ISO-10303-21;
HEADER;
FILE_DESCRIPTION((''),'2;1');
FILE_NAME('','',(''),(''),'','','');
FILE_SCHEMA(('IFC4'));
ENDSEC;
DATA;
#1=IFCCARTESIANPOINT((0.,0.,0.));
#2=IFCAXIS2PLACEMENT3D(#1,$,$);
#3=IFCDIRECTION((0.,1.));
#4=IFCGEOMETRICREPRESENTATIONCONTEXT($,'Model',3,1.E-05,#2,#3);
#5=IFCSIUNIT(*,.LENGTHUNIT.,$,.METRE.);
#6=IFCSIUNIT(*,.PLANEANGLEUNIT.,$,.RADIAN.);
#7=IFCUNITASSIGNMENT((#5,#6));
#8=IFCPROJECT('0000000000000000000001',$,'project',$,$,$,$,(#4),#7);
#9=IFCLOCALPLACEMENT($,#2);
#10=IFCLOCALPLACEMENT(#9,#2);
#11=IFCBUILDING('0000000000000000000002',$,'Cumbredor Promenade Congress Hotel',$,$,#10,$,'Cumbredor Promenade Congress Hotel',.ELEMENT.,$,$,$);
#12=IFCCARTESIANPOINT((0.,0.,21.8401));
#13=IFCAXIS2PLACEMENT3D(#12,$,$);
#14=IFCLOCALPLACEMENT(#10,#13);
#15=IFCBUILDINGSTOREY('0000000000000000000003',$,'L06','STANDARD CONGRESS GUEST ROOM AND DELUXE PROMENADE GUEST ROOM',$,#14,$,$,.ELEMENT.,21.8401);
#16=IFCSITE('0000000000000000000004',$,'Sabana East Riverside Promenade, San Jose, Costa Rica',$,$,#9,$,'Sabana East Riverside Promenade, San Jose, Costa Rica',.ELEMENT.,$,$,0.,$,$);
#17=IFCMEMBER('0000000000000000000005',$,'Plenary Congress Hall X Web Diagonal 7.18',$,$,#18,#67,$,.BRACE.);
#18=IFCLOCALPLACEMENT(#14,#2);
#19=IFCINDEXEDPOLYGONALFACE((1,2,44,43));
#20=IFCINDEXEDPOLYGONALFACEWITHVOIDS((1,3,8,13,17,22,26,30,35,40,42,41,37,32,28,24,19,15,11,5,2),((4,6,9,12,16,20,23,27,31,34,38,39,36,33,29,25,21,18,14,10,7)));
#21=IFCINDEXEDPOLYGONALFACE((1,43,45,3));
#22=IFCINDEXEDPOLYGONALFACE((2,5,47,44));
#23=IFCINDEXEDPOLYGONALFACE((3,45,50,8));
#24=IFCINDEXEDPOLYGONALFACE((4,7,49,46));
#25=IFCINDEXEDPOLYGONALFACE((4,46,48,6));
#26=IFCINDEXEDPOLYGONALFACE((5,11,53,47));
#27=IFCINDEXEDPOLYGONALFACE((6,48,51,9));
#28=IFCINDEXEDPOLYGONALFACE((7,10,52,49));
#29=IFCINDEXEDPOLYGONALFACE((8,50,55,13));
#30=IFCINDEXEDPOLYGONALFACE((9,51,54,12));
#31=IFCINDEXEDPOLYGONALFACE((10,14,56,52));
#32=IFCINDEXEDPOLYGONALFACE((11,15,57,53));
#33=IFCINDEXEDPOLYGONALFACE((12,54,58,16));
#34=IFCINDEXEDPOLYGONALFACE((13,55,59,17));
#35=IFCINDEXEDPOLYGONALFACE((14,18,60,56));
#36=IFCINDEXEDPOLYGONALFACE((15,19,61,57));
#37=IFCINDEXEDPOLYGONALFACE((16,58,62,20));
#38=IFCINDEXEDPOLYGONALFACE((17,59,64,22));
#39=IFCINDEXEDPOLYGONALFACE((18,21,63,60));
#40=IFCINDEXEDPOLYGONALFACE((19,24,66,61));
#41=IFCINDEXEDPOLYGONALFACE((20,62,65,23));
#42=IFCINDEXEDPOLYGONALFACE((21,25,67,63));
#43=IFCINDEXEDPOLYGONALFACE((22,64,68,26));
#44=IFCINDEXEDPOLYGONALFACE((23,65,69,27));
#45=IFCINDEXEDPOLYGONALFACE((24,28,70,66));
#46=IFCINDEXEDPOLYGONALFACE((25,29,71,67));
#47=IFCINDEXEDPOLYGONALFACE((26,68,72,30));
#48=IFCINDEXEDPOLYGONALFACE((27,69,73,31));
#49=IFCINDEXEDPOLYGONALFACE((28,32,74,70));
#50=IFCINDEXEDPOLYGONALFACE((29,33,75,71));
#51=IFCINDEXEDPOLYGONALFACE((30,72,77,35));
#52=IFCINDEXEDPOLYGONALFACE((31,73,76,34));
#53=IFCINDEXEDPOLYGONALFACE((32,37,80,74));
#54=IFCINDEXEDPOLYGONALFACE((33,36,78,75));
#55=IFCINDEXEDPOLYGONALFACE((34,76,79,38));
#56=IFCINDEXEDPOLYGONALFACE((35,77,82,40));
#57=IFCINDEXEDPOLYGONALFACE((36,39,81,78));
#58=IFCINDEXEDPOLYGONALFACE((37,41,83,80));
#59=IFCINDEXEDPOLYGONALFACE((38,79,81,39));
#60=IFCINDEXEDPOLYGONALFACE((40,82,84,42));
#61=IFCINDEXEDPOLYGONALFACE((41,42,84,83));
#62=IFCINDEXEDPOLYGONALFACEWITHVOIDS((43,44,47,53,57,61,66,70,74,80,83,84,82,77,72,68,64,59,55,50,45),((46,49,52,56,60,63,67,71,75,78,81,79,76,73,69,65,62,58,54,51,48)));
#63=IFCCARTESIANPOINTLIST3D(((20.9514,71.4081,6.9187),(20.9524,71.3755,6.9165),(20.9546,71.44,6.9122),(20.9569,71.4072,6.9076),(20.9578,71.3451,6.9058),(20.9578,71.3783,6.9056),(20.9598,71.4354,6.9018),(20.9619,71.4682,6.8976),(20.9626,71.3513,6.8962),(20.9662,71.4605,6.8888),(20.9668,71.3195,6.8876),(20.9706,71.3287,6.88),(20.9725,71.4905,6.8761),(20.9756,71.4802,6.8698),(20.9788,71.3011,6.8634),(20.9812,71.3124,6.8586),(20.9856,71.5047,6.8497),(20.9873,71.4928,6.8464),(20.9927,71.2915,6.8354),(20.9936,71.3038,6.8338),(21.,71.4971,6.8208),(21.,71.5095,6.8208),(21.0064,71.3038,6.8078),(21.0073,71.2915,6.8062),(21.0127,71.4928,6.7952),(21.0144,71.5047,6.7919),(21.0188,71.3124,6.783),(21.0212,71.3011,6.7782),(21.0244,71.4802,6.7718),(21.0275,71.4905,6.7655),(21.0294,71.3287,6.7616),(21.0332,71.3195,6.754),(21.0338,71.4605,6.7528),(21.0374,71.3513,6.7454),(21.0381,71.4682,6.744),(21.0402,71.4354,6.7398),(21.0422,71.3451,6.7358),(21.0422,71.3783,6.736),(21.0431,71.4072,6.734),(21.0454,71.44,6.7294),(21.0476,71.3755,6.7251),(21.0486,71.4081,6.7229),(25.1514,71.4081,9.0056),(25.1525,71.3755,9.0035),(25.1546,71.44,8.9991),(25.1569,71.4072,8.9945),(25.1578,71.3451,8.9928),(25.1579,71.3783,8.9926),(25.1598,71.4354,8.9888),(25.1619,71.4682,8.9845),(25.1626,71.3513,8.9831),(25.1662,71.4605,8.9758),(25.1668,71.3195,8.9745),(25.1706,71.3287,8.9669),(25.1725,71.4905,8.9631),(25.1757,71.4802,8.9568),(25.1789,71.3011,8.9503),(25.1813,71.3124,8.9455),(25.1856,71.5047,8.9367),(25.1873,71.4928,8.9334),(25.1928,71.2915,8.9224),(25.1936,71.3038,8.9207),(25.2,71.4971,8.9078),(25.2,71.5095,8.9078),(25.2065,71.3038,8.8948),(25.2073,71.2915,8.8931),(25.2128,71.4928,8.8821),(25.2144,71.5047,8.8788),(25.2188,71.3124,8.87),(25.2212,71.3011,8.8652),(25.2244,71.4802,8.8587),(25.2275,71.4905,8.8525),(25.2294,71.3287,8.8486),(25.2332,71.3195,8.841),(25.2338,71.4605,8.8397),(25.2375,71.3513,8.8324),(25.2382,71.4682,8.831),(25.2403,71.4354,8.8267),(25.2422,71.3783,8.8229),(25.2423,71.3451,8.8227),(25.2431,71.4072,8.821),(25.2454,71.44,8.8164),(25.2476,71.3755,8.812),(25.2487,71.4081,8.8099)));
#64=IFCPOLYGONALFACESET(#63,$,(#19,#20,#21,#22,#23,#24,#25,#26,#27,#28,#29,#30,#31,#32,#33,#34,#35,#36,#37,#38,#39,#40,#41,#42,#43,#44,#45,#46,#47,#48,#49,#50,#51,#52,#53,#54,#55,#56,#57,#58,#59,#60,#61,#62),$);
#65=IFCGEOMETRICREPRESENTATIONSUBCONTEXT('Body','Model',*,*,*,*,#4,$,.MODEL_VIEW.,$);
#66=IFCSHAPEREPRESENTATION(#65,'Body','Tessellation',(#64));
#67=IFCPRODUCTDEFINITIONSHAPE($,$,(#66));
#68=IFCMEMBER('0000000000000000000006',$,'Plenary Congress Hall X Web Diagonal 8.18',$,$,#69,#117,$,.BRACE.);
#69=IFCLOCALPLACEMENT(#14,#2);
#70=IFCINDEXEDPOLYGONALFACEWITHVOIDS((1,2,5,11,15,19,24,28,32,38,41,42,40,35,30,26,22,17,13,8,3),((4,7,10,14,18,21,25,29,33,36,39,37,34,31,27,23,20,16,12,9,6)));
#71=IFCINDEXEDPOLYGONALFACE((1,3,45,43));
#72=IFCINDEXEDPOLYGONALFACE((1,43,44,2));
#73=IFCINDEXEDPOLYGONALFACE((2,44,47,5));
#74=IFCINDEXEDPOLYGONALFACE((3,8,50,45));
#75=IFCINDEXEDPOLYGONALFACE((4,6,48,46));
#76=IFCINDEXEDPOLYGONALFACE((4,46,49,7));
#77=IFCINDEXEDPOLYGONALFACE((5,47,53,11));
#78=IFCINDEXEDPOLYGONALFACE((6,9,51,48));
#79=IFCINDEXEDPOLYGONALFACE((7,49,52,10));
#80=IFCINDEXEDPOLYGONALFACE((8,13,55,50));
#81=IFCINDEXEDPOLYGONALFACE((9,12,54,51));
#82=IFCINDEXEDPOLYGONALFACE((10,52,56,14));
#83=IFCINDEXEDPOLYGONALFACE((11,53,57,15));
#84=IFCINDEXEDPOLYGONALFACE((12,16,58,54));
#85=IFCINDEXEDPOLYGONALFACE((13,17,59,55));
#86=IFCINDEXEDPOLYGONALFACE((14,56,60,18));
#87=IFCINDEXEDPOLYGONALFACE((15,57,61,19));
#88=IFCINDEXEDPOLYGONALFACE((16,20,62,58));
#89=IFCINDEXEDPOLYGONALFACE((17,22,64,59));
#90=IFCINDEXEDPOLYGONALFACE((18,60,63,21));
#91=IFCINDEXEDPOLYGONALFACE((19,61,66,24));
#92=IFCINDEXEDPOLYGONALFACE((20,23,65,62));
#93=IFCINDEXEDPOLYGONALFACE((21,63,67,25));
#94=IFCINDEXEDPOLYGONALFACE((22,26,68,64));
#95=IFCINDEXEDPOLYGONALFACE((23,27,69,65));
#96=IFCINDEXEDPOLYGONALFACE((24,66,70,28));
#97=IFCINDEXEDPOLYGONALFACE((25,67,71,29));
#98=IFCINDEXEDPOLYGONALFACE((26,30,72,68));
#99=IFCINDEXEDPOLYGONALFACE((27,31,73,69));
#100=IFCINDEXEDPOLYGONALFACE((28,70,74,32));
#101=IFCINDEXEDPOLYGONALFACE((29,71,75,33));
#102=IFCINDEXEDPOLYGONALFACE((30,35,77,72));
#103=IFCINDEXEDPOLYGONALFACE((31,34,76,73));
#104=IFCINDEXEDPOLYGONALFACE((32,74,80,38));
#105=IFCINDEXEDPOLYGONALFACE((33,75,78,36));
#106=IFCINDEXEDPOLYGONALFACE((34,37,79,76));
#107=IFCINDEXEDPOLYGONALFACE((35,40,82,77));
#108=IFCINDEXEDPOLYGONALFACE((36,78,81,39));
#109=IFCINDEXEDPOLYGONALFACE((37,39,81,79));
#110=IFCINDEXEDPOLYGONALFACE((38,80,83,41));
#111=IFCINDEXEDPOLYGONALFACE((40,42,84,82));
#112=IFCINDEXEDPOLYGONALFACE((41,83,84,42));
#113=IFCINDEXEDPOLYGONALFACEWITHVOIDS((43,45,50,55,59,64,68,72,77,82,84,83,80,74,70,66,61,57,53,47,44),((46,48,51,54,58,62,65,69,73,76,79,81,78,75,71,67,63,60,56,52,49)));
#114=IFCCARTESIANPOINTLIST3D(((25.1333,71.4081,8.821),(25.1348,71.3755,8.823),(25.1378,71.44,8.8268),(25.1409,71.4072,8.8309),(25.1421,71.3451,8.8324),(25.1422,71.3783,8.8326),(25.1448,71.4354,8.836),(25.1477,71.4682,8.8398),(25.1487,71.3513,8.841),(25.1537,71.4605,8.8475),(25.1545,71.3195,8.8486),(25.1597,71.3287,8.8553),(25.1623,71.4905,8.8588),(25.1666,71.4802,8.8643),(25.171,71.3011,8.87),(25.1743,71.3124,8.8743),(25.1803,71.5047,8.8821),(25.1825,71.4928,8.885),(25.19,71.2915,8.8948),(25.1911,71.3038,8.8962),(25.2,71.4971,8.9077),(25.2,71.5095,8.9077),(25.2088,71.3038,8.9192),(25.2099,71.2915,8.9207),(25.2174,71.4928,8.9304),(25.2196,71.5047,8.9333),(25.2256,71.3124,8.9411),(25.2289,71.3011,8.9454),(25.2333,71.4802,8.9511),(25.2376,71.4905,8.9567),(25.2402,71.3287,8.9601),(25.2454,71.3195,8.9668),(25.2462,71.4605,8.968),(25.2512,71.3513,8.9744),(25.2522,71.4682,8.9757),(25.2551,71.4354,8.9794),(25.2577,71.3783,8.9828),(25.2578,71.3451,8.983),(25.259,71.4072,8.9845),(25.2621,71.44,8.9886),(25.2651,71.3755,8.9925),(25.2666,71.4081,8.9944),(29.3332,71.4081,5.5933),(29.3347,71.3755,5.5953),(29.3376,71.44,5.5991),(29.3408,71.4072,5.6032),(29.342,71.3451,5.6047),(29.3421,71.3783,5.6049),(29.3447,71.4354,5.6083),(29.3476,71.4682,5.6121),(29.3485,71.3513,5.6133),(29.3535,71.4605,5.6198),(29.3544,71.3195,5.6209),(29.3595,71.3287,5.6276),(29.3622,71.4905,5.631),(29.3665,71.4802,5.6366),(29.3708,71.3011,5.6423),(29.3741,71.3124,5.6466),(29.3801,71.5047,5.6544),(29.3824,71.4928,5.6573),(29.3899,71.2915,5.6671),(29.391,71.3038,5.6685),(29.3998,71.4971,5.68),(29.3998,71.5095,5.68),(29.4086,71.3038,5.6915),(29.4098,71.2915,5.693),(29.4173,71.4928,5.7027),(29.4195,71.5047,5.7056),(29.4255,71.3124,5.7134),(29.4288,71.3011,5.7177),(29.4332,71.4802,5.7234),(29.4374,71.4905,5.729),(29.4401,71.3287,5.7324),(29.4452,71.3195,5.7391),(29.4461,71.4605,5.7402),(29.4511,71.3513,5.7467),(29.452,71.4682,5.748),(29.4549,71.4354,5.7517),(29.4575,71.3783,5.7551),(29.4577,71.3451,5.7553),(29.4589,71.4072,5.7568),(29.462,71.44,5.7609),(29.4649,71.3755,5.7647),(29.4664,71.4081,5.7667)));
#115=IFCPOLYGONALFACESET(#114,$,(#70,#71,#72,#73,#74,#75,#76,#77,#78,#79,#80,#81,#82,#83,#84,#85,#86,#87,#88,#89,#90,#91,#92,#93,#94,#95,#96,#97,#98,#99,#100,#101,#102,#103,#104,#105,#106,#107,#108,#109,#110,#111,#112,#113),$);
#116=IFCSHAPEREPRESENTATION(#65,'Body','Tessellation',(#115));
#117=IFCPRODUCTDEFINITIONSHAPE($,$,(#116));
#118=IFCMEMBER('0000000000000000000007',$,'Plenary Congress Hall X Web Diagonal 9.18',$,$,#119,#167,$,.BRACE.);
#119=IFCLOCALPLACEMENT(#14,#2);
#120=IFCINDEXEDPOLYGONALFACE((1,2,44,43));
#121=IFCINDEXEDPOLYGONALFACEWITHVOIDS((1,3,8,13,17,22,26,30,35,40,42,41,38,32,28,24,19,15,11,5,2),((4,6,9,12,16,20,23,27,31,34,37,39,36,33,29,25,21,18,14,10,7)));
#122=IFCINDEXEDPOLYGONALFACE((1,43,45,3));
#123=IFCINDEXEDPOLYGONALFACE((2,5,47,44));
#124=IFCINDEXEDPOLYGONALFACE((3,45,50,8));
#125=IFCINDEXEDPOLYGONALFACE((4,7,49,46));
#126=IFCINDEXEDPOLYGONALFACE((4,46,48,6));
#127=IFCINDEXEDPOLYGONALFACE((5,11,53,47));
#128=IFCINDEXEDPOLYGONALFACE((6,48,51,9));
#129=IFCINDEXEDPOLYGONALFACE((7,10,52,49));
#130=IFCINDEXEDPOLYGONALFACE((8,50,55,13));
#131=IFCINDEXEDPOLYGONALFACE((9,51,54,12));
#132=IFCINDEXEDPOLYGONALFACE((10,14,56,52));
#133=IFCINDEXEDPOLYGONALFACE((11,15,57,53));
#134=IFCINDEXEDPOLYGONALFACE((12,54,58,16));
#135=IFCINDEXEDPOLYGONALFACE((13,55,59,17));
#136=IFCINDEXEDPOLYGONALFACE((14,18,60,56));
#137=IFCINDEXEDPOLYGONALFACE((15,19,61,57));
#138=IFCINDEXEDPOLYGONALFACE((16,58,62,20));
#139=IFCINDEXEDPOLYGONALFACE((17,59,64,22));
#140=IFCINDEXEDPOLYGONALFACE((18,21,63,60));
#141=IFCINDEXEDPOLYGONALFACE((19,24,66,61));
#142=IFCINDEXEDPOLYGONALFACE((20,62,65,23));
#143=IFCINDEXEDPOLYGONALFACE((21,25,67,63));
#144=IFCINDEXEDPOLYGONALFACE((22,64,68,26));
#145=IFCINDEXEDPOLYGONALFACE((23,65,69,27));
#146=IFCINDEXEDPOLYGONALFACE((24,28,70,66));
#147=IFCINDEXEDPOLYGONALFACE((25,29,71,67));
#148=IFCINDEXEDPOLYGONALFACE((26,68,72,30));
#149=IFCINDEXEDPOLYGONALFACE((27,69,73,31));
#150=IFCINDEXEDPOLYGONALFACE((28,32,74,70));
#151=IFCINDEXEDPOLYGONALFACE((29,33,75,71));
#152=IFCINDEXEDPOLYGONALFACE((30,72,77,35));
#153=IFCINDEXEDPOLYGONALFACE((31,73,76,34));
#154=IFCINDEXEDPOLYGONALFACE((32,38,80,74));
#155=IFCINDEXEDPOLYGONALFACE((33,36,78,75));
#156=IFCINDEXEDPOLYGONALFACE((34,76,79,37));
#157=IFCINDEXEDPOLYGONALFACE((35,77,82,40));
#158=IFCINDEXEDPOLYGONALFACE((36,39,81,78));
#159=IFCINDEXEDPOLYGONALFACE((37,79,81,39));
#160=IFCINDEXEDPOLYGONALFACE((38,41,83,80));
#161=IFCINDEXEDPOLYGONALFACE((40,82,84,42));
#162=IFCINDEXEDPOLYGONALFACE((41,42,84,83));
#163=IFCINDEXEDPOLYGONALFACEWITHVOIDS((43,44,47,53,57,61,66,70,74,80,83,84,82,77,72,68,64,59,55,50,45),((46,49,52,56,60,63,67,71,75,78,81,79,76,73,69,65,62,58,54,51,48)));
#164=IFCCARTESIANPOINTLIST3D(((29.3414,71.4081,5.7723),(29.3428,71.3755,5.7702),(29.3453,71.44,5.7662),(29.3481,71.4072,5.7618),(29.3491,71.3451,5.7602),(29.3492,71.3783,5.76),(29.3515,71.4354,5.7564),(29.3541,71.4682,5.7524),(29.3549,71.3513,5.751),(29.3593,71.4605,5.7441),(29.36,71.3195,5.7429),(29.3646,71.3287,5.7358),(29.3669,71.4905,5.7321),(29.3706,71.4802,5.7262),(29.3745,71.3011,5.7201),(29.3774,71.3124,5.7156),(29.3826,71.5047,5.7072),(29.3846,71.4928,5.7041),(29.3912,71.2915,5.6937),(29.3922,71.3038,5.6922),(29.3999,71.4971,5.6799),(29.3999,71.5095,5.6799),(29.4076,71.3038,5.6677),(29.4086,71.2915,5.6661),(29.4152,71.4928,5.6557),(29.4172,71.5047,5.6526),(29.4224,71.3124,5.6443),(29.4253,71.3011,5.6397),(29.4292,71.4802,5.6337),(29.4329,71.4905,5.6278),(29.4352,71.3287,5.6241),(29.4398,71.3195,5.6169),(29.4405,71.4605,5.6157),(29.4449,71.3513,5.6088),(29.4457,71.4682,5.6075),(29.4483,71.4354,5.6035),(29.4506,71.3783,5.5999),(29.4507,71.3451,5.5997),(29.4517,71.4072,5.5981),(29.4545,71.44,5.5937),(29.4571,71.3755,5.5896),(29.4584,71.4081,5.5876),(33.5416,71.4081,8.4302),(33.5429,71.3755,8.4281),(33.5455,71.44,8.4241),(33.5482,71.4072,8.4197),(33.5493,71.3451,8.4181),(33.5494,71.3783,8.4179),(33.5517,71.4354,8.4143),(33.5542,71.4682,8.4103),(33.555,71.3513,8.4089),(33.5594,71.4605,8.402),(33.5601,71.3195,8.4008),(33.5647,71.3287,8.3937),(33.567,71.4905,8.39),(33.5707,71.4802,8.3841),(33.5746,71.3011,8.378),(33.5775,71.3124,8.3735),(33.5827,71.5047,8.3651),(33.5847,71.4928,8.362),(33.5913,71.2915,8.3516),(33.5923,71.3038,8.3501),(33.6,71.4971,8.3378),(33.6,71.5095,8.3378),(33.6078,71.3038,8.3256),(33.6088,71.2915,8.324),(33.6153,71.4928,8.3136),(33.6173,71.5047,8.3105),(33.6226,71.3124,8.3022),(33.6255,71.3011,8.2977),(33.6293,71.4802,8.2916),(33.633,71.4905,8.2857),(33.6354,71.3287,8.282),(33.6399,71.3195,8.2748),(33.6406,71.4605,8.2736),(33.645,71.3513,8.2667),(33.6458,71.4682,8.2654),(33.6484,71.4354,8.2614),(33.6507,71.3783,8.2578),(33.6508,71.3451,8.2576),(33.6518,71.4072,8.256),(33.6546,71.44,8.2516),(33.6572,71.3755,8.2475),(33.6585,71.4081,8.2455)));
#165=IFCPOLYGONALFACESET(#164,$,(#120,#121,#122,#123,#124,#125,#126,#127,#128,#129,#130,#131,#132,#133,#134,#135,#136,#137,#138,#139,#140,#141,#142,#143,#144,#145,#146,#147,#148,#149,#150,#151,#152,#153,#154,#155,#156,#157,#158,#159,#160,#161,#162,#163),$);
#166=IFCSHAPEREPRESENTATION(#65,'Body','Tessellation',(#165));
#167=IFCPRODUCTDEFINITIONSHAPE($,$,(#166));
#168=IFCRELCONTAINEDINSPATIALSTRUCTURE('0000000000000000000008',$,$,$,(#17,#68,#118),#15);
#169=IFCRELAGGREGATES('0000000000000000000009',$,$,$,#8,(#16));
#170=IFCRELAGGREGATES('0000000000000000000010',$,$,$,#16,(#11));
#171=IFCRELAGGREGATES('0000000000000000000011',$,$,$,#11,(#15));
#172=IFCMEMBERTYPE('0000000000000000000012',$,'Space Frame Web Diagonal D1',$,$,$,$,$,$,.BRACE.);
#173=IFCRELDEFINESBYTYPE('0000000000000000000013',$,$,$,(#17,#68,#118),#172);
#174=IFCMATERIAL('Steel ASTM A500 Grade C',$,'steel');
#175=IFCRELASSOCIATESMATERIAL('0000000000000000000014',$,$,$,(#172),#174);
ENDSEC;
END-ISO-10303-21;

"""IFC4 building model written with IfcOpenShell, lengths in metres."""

from ifc_helpers import new_model, si_unit, direction, frame, origin, origin_2d, place, context, subcontext, project, spatial, hollow_circle, extrude, material, material_profile, profile_set, type_object, element, save


model = new_model("IFC4")

# Units and contexts
model_context = context("Model", 3, precision=1e-05, world=origin(), true_north=direction((0.0, 1.0)))
body_context = subcontext(model_context, "Body", "Model", "MODEL_VIEW")
ifc_project = project(units=[si_unit("LENGTHUNIT", "METRE"), si_unit("PLANEANGLEUNIT", "RADIAN")], contexts=[model_context])

# Site, building, storey
site_placement = place(None, origin())
site = spatial("IfcSite", under=ifc_project, at=site_placement, Name="Sabana East Riverside Promenade, San Jose, Costa Rica", LongName="Sabana East Riverside Promenade, San Jose, Costa Rica", CompositionType="ELEMENT", RefElevation=0.0)
building_placement = place(site_placement, origin())
building = spatial("IfcBuilding", under=site, at=building_placement, Name="Cumbredor Promenade Congress Hotel", LongName="Cumbredor Promenade Congress Hotel", CompositionType="ELEMENT")
storey_placement = place(building_placement, frame((0.0, 0.0, 21.8401)))
storey = spatial("IfcBuildingStorey", under=building, at=storey_placement, Name="L06", Description="STANDARD CONGRESS GUEST ROOM AND DELUXE PROMENADE GUEST ROOM", CompositionType="ELEMENT", Elevation=21.8401)

# Members
ifc_material_1 = material(Name="Steel ASTM A500 Grade C", Category="steel")
ifc_material_profile_1 = material_profile(ifc_material_1, hollow_circle(Radius=0.1096, WallThickness=0.0125, at=origin_2d()), Name="CHS 219.1x12.5")
ifc_profile_set_1 = profile_set([ifc_material_profile_1], Name="Steel ASTM A500 Grade C")
member_type_1 = type_object("IfcMemberType", Name="Space Frame Web Diagonal D1", PredefinedType="BRACE", material=ifc_profile_set_1)
member_1_placement = place(storey_placement, frame((21.0, 71.3999, 6.8208), z_axis=(0.895538, 0.0, 0.444984), x_axis=(0.0, 1.0, 0.0)))
element("IfcMember", 1, at=member_1_placement, inside=storey, type_object=member_type_1, Name="Plenary Congress Hall X Web Diagonal 7.18", PredefinedType="BRACE", context=body_context, shape_type="SweptSolid", body=[
    extrude(hollow_circle(Radius=0.1096, WallThickness=0.0125, at=origin_2d()), origin(), (0.0, 0.0, 1.0), 4.6899),
])
member_2_placement = place(storey_placement, frame((25.2, 71.3999, 8.9077), z_axis=(0.792893, 0.0, -0.609361), x_axis=(0.0, 1.0, 0.0)))
element("IfcMember", 2, at=member_2_placement, inside=storey, type_object=member_type_1, Name="Plenary Congress Hall X Web Diagonal 8.18", PredefinedType="BRACE", context=body_context, shape_type="SweptSolid", body=[
    extrude(hollow_circle(Radius=0.1096, WallThickness=0.0125, at=origin_2d()), origin(), (0.0, 0.0, 1.0), 5.2969),
])
for number, where, z_axis, x_axis, name in (
    (3, (29.3999, 71.3999, 5.6799), (0.845016, 0.0, 0.534741), (0.0, 1.0, 0.0), "Plenary Congress Hall X Web Diagonal 9.18"),
):
    element("IfcMember", number, at=place(storey_placement, frame(where, z_axis=z_axis, x_axis=x_axis)), inside=storey, type_object=member_type_1, Name=name, PredefinedType="BRACE", context=body_context, shape_type="SweptSolid", body=[
        extrude(hollow_circle(Radius=0.1096, WallThickness=0.0125, at=origin_2d()), origin(), (0.0, 0.0, 1.0), 4.9705),
    ])

save(model, "model.ifc")
